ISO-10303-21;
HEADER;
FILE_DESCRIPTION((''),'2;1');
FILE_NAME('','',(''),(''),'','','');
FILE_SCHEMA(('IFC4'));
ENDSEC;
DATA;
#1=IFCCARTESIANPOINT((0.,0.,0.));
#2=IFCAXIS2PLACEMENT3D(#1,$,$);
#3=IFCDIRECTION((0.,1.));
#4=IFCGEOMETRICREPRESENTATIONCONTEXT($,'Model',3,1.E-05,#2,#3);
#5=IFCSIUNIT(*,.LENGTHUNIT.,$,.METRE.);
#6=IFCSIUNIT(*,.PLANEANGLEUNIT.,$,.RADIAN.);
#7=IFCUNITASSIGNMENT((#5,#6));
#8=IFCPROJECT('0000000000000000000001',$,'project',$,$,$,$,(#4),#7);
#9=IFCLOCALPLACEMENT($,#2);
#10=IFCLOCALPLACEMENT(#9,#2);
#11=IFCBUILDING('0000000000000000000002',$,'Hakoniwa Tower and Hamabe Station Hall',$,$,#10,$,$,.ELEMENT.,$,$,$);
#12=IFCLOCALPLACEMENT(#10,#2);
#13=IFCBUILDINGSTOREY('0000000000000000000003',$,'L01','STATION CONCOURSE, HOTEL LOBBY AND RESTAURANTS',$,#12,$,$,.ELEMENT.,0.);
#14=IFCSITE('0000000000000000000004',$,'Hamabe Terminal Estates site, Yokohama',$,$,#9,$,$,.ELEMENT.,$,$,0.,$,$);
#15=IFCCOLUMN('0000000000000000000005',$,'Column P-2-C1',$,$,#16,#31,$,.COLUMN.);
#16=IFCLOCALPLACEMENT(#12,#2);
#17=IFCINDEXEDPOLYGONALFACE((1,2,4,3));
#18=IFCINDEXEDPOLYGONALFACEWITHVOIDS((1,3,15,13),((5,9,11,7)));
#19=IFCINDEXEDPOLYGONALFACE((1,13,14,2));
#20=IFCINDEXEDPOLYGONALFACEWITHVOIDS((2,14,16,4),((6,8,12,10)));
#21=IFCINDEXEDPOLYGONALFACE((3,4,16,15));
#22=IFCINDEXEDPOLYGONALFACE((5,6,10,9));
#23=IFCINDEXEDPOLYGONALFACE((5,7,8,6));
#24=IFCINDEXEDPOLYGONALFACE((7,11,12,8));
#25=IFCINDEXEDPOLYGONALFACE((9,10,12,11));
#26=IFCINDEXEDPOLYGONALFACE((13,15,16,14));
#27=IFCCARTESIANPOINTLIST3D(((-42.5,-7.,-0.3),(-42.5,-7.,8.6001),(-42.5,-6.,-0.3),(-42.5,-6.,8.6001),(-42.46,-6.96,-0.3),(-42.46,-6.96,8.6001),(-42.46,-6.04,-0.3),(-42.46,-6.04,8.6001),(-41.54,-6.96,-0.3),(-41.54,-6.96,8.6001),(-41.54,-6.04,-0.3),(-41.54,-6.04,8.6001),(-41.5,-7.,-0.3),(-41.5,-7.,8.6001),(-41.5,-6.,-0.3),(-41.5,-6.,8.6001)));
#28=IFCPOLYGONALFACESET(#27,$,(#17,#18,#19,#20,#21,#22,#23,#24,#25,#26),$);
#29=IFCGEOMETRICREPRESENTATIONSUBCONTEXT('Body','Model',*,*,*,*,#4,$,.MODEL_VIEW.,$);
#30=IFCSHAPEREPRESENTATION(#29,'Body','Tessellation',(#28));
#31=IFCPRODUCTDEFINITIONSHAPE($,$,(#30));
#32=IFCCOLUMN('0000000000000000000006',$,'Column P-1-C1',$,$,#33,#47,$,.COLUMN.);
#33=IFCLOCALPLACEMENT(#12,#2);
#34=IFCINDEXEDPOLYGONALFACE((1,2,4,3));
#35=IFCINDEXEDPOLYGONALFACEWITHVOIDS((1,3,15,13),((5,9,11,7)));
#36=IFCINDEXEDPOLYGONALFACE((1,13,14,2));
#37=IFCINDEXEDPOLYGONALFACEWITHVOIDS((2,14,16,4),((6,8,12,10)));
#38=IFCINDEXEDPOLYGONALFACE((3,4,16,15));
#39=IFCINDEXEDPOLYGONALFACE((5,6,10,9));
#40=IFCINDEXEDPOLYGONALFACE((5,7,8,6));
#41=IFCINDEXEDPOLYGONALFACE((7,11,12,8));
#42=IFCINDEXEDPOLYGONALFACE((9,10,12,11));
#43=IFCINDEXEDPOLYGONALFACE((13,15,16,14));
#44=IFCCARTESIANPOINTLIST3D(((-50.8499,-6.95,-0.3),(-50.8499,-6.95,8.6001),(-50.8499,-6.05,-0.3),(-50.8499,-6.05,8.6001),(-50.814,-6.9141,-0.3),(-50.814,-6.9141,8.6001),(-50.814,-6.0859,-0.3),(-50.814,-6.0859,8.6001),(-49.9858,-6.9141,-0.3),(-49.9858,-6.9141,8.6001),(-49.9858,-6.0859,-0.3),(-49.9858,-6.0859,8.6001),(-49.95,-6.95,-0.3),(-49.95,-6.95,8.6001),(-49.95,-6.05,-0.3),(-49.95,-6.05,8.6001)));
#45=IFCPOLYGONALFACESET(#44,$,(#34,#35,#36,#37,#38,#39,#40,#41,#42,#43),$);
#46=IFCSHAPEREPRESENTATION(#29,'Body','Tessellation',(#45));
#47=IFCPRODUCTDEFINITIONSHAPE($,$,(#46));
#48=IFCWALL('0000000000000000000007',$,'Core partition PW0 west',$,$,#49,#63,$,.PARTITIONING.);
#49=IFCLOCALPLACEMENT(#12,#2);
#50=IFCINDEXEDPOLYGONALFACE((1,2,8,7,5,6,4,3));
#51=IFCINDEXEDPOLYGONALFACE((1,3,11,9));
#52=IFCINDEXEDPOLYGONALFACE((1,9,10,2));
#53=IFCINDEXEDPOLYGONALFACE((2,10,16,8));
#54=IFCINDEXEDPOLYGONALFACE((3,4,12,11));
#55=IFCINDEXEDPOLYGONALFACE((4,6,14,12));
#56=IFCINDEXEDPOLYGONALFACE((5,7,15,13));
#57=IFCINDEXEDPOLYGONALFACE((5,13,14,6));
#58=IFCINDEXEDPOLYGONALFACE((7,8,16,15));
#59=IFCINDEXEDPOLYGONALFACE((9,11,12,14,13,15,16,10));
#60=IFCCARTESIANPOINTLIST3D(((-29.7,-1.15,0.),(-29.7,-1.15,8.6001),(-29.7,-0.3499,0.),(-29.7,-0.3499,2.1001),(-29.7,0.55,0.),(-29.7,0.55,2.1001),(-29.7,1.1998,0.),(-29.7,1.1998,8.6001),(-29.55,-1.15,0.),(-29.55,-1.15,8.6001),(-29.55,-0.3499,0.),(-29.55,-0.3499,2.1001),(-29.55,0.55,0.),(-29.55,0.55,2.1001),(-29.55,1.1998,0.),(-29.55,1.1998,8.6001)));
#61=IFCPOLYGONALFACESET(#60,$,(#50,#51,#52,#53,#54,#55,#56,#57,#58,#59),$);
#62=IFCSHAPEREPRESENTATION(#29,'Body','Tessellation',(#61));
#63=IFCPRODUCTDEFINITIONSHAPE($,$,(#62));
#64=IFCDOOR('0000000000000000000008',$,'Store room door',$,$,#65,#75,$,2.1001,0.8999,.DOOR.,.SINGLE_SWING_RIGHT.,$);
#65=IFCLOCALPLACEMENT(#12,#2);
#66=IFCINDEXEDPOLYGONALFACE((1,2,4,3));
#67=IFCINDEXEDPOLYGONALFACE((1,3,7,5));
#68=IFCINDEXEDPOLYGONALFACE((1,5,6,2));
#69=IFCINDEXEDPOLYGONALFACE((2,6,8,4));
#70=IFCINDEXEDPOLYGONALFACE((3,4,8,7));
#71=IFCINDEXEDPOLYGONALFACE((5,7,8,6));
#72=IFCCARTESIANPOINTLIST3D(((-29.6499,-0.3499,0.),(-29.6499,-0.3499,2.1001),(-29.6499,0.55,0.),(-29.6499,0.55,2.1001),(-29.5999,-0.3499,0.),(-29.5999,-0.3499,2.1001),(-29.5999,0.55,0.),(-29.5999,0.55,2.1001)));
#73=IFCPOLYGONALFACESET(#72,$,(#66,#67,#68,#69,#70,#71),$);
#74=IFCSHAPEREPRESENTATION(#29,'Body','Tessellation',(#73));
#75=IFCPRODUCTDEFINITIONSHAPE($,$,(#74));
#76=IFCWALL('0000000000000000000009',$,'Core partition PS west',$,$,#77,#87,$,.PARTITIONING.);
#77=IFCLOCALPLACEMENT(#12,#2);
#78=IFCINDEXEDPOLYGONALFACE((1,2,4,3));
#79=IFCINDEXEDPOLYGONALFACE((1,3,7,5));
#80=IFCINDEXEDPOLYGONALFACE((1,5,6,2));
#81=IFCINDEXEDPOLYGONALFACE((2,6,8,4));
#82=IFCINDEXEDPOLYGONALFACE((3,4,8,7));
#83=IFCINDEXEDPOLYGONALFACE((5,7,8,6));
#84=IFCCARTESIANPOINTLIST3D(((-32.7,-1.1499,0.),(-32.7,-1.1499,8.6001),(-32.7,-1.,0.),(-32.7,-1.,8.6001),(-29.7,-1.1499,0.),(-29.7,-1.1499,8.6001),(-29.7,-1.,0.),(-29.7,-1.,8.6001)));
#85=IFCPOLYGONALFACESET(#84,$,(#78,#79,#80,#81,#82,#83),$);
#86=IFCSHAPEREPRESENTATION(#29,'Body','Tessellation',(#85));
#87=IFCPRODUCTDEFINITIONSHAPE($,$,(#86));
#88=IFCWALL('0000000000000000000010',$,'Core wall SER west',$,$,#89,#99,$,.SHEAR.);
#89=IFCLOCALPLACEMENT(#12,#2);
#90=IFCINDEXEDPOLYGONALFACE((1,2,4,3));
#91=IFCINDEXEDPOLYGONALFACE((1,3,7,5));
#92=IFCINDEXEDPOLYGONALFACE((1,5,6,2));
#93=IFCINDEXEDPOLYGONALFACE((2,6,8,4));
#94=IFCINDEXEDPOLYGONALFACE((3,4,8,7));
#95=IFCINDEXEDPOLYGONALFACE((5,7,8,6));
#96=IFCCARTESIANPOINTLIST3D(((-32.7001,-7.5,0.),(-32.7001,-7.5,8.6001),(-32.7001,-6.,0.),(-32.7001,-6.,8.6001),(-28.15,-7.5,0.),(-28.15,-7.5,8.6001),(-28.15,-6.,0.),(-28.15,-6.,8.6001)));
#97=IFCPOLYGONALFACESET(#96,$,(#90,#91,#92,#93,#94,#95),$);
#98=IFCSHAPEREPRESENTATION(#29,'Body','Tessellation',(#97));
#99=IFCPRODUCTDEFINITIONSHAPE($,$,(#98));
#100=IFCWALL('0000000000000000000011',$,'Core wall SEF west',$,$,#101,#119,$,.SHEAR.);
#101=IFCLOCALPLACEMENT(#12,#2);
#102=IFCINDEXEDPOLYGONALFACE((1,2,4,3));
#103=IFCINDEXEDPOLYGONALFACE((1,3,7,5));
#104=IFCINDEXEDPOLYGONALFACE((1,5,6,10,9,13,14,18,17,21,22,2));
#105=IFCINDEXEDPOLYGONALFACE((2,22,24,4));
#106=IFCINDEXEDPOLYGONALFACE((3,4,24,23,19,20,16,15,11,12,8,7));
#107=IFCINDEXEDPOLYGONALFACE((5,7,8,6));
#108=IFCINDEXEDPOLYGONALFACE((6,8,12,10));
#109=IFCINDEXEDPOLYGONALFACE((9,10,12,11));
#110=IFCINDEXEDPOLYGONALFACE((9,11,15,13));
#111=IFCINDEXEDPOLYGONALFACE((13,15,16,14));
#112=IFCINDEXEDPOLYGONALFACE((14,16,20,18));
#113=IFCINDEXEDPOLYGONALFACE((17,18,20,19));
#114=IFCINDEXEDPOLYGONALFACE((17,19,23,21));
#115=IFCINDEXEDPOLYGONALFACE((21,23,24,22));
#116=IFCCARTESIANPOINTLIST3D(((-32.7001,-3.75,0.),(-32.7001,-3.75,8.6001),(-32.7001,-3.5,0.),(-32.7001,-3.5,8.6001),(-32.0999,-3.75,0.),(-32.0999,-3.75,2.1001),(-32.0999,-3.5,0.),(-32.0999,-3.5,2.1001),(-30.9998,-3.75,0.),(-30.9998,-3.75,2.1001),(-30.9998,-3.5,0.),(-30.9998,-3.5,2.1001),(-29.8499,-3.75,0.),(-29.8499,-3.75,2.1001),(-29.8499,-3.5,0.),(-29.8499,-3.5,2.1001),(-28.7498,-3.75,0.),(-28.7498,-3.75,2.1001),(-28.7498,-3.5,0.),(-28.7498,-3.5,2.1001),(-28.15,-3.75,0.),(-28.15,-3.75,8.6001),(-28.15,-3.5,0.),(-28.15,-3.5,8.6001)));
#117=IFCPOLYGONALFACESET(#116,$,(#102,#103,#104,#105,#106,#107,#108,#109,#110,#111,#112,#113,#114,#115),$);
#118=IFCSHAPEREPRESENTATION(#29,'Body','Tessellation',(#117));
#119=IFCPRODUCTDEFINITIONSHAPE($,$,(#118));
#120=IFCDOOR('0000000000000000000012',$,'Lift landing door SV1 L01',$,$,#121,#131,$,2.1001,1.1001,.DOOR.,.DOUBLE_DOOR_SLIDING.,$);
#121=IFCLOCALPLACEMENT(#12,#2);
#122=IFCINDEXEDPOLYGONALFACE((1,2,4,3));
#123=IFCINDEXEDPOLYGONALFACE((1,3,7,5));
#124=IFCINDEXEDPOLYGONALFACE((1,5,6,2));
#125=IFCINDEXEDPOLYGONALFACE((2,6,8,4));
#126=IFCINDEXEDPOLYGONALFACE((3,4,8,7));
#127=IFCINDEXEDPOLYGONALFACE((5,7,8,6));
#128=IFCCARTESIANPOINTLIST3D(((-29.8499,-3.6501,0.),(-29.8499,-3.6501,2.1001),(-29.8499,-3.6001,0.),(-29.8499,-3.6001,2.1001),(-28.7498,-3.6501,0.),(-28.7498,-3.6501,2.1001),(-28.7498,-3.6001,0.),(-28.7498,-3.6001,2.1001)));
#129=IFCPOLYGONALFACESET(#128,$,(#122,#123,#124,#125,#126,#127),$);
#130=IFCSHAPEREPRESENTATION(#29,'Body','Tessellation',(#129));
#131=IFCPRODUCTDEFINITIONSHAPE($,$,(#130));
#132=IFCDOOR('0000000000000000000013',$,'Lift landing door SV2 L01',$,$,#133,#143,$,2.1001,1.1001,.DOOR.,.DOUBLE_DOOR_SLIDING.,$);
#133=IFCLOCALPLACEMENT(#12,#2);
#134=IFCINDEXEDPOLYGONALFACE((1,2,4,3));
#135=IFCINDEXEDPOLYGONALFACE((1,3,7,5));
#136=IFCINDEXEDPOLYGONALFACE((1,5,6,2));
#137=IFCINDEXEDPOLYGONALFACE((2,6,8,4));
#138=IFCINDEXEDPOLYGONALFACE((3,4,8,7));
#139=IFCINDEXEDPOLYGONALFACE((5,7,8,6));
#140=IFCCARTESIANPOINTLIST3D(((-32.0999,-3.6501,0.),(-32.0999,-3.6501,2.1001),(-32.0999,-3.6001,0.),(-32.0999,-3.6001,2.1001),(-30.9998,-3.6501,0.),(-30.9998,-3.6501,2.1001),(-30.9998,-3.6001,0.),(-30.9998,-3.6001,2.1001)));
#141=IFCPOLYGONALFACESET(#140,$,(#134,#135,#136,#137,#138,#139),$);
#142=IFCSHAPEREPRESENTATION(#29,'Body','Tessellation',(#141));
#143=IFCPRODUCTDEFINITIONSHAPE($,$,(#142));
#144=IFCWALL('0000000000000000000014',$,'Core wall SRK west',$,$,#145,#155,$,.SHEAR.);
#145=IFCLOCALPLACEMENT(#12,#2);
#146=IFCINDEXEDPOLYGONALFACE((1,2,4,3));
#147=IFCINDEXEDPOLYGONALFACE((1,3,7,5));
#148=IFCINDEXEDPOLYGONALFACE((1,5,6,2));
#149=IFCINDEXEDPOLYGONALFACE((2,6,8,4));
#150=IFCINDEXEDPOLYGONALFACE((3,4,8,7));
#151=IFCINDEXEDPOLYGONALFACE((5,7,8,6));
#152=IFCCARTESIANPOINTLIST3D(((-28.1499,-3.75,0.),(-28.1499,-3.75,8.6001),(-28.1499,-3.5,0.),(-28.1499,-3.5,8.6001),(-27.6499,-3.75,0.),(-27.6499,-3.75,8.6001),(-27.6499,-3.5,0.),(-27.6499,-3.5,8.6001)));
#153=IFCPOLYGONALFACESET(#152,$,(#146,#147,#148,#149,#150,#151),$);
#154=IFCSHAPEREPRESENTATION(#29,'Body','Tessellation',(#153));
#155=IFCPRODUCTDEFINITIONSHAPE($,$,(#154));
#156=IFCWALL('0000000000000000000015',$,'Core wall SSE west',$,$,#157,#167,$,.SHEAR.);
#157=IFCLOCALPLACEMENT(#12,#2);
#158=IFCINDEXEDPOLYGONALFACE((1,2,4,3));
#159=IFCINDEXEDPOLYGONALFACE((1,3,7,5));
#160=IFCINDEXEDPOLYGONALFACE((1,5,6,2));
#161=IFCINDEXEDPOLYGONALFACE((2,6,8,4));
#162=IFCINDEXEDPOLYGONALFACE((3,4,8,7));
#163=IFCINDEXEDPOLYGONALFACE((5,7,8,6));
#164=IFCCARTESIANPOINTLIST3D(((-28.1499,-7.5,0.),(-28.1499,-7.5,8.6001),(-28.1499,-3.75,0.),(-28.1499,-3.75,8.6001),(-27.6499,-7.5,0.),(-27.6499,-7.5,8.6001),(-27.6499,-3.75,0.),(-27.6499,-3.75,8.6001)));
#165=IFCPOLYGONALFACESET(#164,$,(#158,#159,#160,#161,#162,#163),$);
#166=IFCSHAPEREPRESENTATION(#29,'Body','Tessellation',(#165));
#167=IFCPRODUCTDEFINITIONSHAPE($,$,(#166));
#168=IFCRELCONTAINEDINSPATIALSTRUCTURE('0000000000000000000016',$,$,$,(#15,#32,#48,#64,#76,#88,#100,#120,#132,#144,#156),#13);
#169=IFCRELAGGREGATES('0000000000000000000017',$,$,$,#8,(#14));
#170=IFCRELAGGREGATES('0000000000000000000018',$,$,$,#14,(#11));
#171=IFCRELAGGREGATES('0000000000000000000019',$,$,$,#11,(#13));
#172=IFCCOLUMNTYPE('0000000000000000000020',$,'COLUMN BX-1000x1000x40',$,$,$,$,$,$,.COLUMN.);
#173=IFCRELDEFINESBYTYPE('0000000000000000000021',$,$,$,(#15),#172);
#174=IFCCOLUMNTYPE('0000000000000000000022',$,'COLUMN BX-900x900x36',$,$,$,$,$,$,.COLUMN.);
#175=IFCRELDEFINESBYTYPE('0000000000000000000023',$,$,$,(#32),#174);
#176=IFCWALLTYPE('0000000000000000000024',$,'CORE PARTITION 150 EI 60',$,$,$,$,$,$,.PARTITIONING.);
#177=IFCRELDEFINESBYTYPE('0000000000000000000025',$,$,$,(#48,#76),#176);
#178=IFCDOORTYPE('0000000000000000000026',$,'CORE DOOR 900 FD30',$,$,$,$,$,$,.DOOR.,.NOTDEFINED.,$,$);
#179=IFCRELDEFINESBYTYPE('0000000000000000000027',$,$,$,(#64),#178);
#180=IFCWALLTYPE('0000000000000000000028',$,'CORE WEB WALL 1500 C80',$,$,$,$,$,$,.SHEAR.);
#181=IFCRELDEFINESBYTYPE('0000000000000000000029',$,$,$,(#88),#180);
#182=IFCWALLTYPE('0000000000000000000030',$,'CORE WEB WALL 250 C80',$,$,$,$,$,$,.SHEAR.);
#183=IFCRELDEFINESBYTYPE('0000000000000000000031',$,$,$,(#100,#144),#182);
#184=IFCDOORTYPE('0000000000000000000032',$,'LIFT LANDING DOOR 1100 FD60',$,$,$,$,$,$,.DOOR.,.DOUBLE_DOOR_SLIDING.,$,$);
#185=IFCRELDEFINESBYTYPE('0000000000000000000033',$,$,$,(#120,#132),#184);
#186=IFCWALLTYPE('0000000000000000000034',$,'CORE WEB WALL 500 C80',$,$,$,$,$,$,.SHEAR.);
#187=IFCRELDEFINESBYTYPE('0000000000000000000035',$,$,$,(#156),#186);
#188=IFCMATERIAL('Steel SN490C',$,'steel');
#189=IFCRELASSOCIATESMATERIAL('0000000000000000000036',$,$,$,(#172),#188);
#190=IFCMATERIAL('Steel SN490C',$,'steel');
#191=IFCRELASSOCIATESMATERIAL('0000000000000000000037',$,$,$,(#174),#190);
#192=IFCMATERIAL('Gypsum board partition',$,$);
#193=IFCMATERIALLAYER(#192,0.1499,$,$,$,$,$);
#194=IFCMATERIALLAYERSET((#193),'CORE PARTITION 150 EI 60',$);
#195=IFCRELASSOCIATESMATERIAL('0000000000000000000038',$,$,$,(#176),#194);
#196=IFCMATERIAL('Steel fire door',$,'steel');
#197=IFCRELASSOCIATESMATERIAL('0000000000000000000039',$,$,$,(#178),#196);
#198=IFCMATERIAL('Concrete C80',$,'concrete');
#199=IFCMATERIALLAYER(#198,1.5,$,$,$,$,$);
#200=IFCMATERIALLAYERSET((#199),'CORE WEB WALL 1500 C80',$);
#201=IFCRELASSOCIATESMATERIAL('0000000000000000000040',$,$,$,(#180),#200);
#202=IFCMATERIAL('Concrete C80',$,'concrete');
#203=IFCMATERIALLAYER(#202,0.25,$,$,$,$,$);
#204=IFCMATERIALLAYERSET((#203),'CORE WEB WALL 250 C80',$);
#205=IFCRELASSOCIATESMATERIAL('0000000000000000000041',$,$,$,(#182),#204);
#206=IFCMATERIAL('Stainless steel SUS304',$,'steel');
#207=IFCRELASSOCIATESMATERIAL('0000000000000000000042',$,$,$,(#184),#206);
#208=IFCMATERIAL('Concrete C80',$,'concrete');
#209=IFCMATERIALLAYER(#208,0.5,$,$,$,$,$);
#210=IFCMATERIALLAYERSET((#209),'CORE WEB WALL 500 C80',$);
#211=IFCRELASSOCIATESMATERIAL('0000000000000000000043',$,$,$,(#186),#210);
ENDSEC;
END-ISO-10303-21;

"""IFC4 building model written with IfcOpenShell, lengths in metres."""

from ifc_helpers import new_model, si_unit, direction, frame, frame_2d, origin, origin_2d, place, context, subcontext, project, spatial, rectangle, hollow_rectangle, extrude, material, layer, layer_set, material_profile, profile_set, type_object, element, fill, save


model = new_model("IFC4")

# Units and contexts
model_context = context("Model", 3, precision=1e-05, world=origin(), true_north=direction((0.0, 1.0)))
body_context = subcontext(model_context, "Body", "Model", "MODEL_VIEW")
ifc_project = project(units=[si_unit("LENGTHUNIT", "METRE"), si_unit("PLANEANGLEUNIT", "RADIAN")], contexts=[model_context])

# Site, building, storey
site_placement = place(None, origin())
site = spatial("IfcSite", under=ifc_project, at=site_placement, Name="Hamabe Terminal Estates site, Yokohama", CompositionType="ELEMENT", RefElevation=0.0)
building_placement = place(site_placement, origin())
building = spatial("IfcBuilding", under=site, at=building_placement, Name="Hakoniwa Tower and Hamabe Station Hall", CompositionType="ELEMENT")
storey_placement = place(building_placement, origin())
storey = spatial("IfcBuildingStorey", under=building, at=storey_placement, Name="L01", Description="STATION CONCOURSE, HOTEL LOBBY AND RESTAURANTS", CompositionType="ELEMENT", Elevation=0.0)

# Columns
ifc_material_1 = material(Name="Steel SN490C", Category="steel")
ifc_material_profile_1 = material_profile(ifc_material_1, hollow_rectangle(XDim=1.0, YDim=1.0, WallThickness=0.04, at=origin_2d()), Name="BX-1000x1000x40")
ifc_profile_set_1 = profile_set([ifc_material_profile_1], Name="Steel SN490C")
column_type_1 = type_object("IfcColumnType", Name="COLUMN BX-1000x1000x40", PredefinedType="COLUMN", material=ifc_profile_set_1)
column_1_placement = place(storey_placement, frame((-42.0, -6.5, -0.3), z_axis=(0.0, 0.0, 1.0), x_axis=(1.0, 0.0, 0.0)))
element("IfcColumn", 1, at=column_1_placement, inside=storey, type_object=column_type_1, Name="Column P-2-C1", PredefinedType="COLUMN", context=body_context, shape_type="SweptSolid", body=[
    extrude(hollow_rectangle(XDim=1.0, YDim=1.0, WallThickness=0.04, at=origin_2d()), origin(), (0.0, 0.0, 1.0), 8.9001),
])
ifc_material_2 = material(Name="Steel SN490C", Category="steel")
ifc_material_profile_2 = material_profile(ifc_material_2, hollow_rectangle(XDim=0.8999, YDim=0.8999, WallThickness=0.0359, at=origin_2d()), Name="BX-900x900x36")
ifc_profile_set_2 = profile_set([ifc_material_profile_2], Name="Steel SN490C")
column_type_2 = type_object("IfcColumnType", Name="COLUMN BX-900x900x36", PredefinedType="COLUMN", material=ifc_profile_set_2)
column_2_placement = place(storey_placement, frame((-50.3999, -6.5, -0.3), z_axis=(0.0, 0.0, 1.0), x_axis=(1.0, 0.0, 0.0)))
element("IfcColumn", 2, at=column_2_placement, inside=storey, type_object=column_type_2, Name="Column P-1-C1", PredefinedType="COLUMN", context=body_context, shape_type="SweptSolid", body=[
    extrude(hollow_rectangle(XDim=0.8999, YDim=0.8999, WallThickness=0.0359, at=origin_2d()), origin(), (0.0, 0.0, 1.0), 8.9001),
])

# Wall, opening, door
ifc_material_3 = material(Name="Gypsum board partition")
ifc_layer_1 = layer(ifc_material_3, 0.1499)
ifc_layer_set_1 = layer_set([ifc_layer_1], Name="CORE PARTITION 150 EI 60")
wall_type_1 = type_object("IfcWallType", Name="CORE PARTITION 150 EI 60", PredefinedType="PARTITIONING", material=ifc_layer_set_1)
wall_1_placement = place(storey_placement, frame((-29.625, -1.1499, 0.0), z_axis=(0.0, 0.0, 1.0), x_axis=(0.0, 1.0, 0.0)))
wall_1 = element("IfcWall", 3, at=wall_1_placement, inside=storey, type_object=wall_type_1, Name="Core partition PW0 west", PredefinedType="PARTITIONING", context=body_context, shape_type="SweptSolid", body=[
    extrude(rectangle(XDim=2.3499, YDim=0.1499, at=frame_2d((1.1748, 0.0))), origin(), (0.0, 0.0, 1.0), 8.6001),
])
opening_1_placement = place(wall_1_placement, frame((0.8, 0.0, 0.0)))
opening_1 = element("IfcOpeningElement", 4, at=opening_1_placement, cuts=wall_1, PredefinedType="OPENING", context=body_context, shape_type="SweptSolid", body=[
    extrude(rectangle(XDim=0.8999, YDim=2.1001, at=frame_2d((0.45, 1.05))), frame((0.0, 0.085, 0.0), z_axis=(0.0, -1.0, 0.0), x_axis=(1.0, 0.0, 0.0)), (0.0, 0.0, 1.0), 0.1699),
])
ifc_material_4 = material(Name="Steel fire door", Category="steel")
door_type_1 = type_object("IfcDoorType", Name="CORE DOOR 900 FD30", OperationType="NOTDEFINED", PredefinedType="DOOR", material=ifc_material_4)
door_1_placement = place(opening_1_placement, origin())
door_1 = element("IfcDoor", 5, at=door_1_placement, inside=storey, type_object=door_type_1, Name="Store room door", OperationType="SINGLE_SWING_RIGHT", OverallHeight=2.1001, OverallWidth=0.8999, PredefinedType="DOOR", context=body_context, shape_type="SweptSolid", body=[
    extrude(rectangle(XDim=0.8999, YDim=2.1001, at=frame_2d((0.45, 1.05))), frame((0.0, 0.0249, 0.0), z_axis=(0.0, -1.0, 0.0), x_axis=(1.0, 0.0, 0.0)), (0.0, 0.0, 1.0), 0.05),
])
fill(opening_1, door_1)

# Walls
wall_2_placement = place(storey_placement, frame((-32.7, -1.075, 0.0), z_axis=(0.0, 0.0, 1.0), x_axis=(1.0, 0.0, 0.0)))
element("IfcWall", 6, at=wall_2_placement, inside=storey, type_object=wall_type_1, Name="Core partition PS west", PredefinedType="PARTITIONING", context=body_context, shape_type="SweptSolid", body=[
    extrude(rectangle(XDim=3.0, YDim=0.1499, at=frame_2d((1.5, 0.0))), origin(), (0.0, 0.0, 1.0), 8.6001),
])
ifc_material_5 = material(Name="Concrete C80", Category="concrete")
ifc_layer_2 = layer(ifc_material_5, 1.5)
ifc_layer_set_2 = layer_set([ifc_layer_2], Name="CORE WEB WALL 1500 C80")
wall_type_2 = type_object("IfcWallType", Name="CORE WEB WALL 1500 C80", PredefinedType="SHEAR", material=ifc_layer_set_2)
wall_3_placement = place(storey_placement, frame((-32.7, -6.75, 0.0), z_axis=(0.0, 0.0, 1.0), x_axis=(1.0, 0.0, 0.0)))
element("IfcWall", 7, at=wall_3_placement, inside=storey, type_object=wall_type_2, Name="Core wall SER west", PredefinedType="SHEAR", context=body_context, shape_type="SweptSolid", body=[
    extrude(rectangle(XDim=4.55, YDim=1.5, at=frame_2d((2.2749, 0.0))), origin(), (0.0, 0.0, 1.0), 8.6001),
])

# Wall, openings, doors
ifc_material_6 = material(Name="Concrete C80", Category="concrete")
ifc_layer_3 = layer(ifc_material_6, 0.25)
ifc_layer_set_3 = layer_set([ifc_layer_3], Name="CORE WEB WALL 250 C80")
wall_type_3 = type_object("IfcWallType", Name="CORE WEB WALL 250 C80", PredefinedType="SHEAR", material=ifc_layer_set_3)
wall_4_placement = place(storey_placement, frame((-32.7, -3.625, 0.0), z_axis=(0.0, 0.0, 1.0), x_axis=(1.0, 0.0, 0.0)))
wall_4 = element("IfcWall", 8, at=wall_4_placement, inside=storey, type_object=wall_type_3, Name="Core wall SEF west", PredefinedType="SHEAR", context=body_context, shape_type="SweptSolid", body=[
    extrude(rectangle(XDim=4.55, YDim=0.25, at=frame_2d((2.2749, 0.0))), origin(), (0.0, 0.0, 1.0), 8.6001),
])
opening_2_placement = place(wall_4_placement, frame((2.8501, 0.0, 0.0)))
opening_2 = element("IfcOpeningElement", 9, at=opening_2_placement, cuts=wall_4, PredefinedType="OPENING", context=body_context, shape_type="SweptSolid", body=[
    extrude(rectangle(XDim=1.1001, YDim=2.1001, at=frame_2d((0.55, 1.05))), frame((0.0, 0.135, 0.0), z_axis=(0.0, -1.0, 0.0), x_axis=(1.0, 0.0, 0.0)), (0.0, 0.0, 1.0), 0.27),
])
opening_3_placement = place(wall_4_placement, frame((0.6001, 0.0, 0.0)))
opening_3 = element("IfcOpeningElement", 10, at=opening_3_placement, cuts=wall_4, PredefinedType="OPENING", context=body_context, shape_type="SweptSolid", body=[
    extrude(rectangle(XDim=1.1001, YDim=2.1001, at=frame_2d((0.55, 1.05))), frame((0.0, 0.135, 0.0), z_axis=(0.0, -1.0, 0.0), x_axis=(1.0, 0.0, 0.0)), (0.0, 0.0, 1.0), 0.27),
])
ifc_material_7 = material(Name="Stainless steel SUS304", Category="steel")
door_type_2 = type_object("IfcDoorType", Name="LIFT LANDING DOOR 1100 FD60", OperationType="DOUBLE_DOOR_SLIDING", PredefinedType="DOOR", material=ifc_material_7)
door_2_placement = place(opening_2_placement, origin())
door_2 = element("IfcDoor", 11, at=door_2_placement, inside=storey, type_object=door_type_2, Name="Lift landing door SV1 L01", OperationType="DOUBLE_DOOR_SLIDING", OverallHeight=2.1001, OverallWidth=1.1001, PredefinedType="DOOR", context=body_context, shape_type="SweptSolid", body=[
    extrude(rectangle(XDim=1.1001, YDim=2.1001, at=frame_2d((0.55, 1.05))), frame((0.0, 0.0249, 0.0), z_axis=(0.0, -1.0, 0.0), x_axis=(1.0, 0.0, 0.0)), (0.0, 0.0, 1.0), 0.05),
])
fill(opening_2, door_2)
door_3_placement = place(opening_3_placement, origin())
door_3 = element("IfcDoor", 12, at=door_3_placement, inside=storey, type_object=door_type_2, Name="Lift landing door SV2 L01", OperationType="DOUBLE_DOOR_SLIDING", OverallHeight=2.1001, OverallWidth=1.1001, PredefinedType="DOOR", context=body_context, shape_type="SweptSolid", body=[
    extrude(rectangle(XDim=1.1001, YDim=2.1001, at=frame_2d((0.55, 1.05))), frame((0.0, 0.0249, 0.0), z_axis=(0.0, -1.0, 0.0), x_axis=(1.0, 0.0, 0.0)), (0.0, 0.0, 1.0), 0.05),
])
fill(opening_3, door_3)

# Walls
wall_5_placement = place(storey_placement, frame((-28.1499, -3.625, 0.0), z_axis=(0.0, 0.0, 1.0), x_axis=(1.0, 0.0, 0.0)))
element("IfcWall", 13, at=wall_5_placement, inside=storey, type_object=wall_type_3, Name="Core wall SRK west", PredefinedType="SHEAR", context=body_context, shape_type="SweptSolid", body=[
    extrude(rectangle(XDim=0.5, YDim=0.25, at=frame_2d((0.25, 0.0))), origin(), (0.0, 0.0, 1.0), 8.6001),
])
ifc_material_8 = material(Name="Concrete C80", Category="concrete")
ifc_layer_4 = layer(ifc_material_8, 0.5)
ifc_layer_set_4 = layer_set([ifc_layer_4], Name="CORE WEB WALL 500 C80")
wall_type_4 = type_object("IfcWallType", Name="CORE WEB WALL 500 C80", PredefinedType="SHEAR", material=ifc_layer_set_4)
wall_6_placement = place(storey_placement, frame((-27.8999, -7.5, 0.0), z_axis=(0.0, 0.0, 1.0), x_axis=(0.0, 1.0, 0.0)))
element("IfcWall", 14, at=wall_6_placement, inside=storey, type_object=wall_type_4, Name="Core wall SSE west", PredefinedType="SHEAR", context=body_context, shape_type="SweptSolid", body=[
    extrude(rectangle(XDim=3.75, YDim=0.5, at=frame_2d((1.875, 0.0))), origin(), (0.0, 0.0, 1.0), 8.6001),
])

save(model, "model.ifc")
